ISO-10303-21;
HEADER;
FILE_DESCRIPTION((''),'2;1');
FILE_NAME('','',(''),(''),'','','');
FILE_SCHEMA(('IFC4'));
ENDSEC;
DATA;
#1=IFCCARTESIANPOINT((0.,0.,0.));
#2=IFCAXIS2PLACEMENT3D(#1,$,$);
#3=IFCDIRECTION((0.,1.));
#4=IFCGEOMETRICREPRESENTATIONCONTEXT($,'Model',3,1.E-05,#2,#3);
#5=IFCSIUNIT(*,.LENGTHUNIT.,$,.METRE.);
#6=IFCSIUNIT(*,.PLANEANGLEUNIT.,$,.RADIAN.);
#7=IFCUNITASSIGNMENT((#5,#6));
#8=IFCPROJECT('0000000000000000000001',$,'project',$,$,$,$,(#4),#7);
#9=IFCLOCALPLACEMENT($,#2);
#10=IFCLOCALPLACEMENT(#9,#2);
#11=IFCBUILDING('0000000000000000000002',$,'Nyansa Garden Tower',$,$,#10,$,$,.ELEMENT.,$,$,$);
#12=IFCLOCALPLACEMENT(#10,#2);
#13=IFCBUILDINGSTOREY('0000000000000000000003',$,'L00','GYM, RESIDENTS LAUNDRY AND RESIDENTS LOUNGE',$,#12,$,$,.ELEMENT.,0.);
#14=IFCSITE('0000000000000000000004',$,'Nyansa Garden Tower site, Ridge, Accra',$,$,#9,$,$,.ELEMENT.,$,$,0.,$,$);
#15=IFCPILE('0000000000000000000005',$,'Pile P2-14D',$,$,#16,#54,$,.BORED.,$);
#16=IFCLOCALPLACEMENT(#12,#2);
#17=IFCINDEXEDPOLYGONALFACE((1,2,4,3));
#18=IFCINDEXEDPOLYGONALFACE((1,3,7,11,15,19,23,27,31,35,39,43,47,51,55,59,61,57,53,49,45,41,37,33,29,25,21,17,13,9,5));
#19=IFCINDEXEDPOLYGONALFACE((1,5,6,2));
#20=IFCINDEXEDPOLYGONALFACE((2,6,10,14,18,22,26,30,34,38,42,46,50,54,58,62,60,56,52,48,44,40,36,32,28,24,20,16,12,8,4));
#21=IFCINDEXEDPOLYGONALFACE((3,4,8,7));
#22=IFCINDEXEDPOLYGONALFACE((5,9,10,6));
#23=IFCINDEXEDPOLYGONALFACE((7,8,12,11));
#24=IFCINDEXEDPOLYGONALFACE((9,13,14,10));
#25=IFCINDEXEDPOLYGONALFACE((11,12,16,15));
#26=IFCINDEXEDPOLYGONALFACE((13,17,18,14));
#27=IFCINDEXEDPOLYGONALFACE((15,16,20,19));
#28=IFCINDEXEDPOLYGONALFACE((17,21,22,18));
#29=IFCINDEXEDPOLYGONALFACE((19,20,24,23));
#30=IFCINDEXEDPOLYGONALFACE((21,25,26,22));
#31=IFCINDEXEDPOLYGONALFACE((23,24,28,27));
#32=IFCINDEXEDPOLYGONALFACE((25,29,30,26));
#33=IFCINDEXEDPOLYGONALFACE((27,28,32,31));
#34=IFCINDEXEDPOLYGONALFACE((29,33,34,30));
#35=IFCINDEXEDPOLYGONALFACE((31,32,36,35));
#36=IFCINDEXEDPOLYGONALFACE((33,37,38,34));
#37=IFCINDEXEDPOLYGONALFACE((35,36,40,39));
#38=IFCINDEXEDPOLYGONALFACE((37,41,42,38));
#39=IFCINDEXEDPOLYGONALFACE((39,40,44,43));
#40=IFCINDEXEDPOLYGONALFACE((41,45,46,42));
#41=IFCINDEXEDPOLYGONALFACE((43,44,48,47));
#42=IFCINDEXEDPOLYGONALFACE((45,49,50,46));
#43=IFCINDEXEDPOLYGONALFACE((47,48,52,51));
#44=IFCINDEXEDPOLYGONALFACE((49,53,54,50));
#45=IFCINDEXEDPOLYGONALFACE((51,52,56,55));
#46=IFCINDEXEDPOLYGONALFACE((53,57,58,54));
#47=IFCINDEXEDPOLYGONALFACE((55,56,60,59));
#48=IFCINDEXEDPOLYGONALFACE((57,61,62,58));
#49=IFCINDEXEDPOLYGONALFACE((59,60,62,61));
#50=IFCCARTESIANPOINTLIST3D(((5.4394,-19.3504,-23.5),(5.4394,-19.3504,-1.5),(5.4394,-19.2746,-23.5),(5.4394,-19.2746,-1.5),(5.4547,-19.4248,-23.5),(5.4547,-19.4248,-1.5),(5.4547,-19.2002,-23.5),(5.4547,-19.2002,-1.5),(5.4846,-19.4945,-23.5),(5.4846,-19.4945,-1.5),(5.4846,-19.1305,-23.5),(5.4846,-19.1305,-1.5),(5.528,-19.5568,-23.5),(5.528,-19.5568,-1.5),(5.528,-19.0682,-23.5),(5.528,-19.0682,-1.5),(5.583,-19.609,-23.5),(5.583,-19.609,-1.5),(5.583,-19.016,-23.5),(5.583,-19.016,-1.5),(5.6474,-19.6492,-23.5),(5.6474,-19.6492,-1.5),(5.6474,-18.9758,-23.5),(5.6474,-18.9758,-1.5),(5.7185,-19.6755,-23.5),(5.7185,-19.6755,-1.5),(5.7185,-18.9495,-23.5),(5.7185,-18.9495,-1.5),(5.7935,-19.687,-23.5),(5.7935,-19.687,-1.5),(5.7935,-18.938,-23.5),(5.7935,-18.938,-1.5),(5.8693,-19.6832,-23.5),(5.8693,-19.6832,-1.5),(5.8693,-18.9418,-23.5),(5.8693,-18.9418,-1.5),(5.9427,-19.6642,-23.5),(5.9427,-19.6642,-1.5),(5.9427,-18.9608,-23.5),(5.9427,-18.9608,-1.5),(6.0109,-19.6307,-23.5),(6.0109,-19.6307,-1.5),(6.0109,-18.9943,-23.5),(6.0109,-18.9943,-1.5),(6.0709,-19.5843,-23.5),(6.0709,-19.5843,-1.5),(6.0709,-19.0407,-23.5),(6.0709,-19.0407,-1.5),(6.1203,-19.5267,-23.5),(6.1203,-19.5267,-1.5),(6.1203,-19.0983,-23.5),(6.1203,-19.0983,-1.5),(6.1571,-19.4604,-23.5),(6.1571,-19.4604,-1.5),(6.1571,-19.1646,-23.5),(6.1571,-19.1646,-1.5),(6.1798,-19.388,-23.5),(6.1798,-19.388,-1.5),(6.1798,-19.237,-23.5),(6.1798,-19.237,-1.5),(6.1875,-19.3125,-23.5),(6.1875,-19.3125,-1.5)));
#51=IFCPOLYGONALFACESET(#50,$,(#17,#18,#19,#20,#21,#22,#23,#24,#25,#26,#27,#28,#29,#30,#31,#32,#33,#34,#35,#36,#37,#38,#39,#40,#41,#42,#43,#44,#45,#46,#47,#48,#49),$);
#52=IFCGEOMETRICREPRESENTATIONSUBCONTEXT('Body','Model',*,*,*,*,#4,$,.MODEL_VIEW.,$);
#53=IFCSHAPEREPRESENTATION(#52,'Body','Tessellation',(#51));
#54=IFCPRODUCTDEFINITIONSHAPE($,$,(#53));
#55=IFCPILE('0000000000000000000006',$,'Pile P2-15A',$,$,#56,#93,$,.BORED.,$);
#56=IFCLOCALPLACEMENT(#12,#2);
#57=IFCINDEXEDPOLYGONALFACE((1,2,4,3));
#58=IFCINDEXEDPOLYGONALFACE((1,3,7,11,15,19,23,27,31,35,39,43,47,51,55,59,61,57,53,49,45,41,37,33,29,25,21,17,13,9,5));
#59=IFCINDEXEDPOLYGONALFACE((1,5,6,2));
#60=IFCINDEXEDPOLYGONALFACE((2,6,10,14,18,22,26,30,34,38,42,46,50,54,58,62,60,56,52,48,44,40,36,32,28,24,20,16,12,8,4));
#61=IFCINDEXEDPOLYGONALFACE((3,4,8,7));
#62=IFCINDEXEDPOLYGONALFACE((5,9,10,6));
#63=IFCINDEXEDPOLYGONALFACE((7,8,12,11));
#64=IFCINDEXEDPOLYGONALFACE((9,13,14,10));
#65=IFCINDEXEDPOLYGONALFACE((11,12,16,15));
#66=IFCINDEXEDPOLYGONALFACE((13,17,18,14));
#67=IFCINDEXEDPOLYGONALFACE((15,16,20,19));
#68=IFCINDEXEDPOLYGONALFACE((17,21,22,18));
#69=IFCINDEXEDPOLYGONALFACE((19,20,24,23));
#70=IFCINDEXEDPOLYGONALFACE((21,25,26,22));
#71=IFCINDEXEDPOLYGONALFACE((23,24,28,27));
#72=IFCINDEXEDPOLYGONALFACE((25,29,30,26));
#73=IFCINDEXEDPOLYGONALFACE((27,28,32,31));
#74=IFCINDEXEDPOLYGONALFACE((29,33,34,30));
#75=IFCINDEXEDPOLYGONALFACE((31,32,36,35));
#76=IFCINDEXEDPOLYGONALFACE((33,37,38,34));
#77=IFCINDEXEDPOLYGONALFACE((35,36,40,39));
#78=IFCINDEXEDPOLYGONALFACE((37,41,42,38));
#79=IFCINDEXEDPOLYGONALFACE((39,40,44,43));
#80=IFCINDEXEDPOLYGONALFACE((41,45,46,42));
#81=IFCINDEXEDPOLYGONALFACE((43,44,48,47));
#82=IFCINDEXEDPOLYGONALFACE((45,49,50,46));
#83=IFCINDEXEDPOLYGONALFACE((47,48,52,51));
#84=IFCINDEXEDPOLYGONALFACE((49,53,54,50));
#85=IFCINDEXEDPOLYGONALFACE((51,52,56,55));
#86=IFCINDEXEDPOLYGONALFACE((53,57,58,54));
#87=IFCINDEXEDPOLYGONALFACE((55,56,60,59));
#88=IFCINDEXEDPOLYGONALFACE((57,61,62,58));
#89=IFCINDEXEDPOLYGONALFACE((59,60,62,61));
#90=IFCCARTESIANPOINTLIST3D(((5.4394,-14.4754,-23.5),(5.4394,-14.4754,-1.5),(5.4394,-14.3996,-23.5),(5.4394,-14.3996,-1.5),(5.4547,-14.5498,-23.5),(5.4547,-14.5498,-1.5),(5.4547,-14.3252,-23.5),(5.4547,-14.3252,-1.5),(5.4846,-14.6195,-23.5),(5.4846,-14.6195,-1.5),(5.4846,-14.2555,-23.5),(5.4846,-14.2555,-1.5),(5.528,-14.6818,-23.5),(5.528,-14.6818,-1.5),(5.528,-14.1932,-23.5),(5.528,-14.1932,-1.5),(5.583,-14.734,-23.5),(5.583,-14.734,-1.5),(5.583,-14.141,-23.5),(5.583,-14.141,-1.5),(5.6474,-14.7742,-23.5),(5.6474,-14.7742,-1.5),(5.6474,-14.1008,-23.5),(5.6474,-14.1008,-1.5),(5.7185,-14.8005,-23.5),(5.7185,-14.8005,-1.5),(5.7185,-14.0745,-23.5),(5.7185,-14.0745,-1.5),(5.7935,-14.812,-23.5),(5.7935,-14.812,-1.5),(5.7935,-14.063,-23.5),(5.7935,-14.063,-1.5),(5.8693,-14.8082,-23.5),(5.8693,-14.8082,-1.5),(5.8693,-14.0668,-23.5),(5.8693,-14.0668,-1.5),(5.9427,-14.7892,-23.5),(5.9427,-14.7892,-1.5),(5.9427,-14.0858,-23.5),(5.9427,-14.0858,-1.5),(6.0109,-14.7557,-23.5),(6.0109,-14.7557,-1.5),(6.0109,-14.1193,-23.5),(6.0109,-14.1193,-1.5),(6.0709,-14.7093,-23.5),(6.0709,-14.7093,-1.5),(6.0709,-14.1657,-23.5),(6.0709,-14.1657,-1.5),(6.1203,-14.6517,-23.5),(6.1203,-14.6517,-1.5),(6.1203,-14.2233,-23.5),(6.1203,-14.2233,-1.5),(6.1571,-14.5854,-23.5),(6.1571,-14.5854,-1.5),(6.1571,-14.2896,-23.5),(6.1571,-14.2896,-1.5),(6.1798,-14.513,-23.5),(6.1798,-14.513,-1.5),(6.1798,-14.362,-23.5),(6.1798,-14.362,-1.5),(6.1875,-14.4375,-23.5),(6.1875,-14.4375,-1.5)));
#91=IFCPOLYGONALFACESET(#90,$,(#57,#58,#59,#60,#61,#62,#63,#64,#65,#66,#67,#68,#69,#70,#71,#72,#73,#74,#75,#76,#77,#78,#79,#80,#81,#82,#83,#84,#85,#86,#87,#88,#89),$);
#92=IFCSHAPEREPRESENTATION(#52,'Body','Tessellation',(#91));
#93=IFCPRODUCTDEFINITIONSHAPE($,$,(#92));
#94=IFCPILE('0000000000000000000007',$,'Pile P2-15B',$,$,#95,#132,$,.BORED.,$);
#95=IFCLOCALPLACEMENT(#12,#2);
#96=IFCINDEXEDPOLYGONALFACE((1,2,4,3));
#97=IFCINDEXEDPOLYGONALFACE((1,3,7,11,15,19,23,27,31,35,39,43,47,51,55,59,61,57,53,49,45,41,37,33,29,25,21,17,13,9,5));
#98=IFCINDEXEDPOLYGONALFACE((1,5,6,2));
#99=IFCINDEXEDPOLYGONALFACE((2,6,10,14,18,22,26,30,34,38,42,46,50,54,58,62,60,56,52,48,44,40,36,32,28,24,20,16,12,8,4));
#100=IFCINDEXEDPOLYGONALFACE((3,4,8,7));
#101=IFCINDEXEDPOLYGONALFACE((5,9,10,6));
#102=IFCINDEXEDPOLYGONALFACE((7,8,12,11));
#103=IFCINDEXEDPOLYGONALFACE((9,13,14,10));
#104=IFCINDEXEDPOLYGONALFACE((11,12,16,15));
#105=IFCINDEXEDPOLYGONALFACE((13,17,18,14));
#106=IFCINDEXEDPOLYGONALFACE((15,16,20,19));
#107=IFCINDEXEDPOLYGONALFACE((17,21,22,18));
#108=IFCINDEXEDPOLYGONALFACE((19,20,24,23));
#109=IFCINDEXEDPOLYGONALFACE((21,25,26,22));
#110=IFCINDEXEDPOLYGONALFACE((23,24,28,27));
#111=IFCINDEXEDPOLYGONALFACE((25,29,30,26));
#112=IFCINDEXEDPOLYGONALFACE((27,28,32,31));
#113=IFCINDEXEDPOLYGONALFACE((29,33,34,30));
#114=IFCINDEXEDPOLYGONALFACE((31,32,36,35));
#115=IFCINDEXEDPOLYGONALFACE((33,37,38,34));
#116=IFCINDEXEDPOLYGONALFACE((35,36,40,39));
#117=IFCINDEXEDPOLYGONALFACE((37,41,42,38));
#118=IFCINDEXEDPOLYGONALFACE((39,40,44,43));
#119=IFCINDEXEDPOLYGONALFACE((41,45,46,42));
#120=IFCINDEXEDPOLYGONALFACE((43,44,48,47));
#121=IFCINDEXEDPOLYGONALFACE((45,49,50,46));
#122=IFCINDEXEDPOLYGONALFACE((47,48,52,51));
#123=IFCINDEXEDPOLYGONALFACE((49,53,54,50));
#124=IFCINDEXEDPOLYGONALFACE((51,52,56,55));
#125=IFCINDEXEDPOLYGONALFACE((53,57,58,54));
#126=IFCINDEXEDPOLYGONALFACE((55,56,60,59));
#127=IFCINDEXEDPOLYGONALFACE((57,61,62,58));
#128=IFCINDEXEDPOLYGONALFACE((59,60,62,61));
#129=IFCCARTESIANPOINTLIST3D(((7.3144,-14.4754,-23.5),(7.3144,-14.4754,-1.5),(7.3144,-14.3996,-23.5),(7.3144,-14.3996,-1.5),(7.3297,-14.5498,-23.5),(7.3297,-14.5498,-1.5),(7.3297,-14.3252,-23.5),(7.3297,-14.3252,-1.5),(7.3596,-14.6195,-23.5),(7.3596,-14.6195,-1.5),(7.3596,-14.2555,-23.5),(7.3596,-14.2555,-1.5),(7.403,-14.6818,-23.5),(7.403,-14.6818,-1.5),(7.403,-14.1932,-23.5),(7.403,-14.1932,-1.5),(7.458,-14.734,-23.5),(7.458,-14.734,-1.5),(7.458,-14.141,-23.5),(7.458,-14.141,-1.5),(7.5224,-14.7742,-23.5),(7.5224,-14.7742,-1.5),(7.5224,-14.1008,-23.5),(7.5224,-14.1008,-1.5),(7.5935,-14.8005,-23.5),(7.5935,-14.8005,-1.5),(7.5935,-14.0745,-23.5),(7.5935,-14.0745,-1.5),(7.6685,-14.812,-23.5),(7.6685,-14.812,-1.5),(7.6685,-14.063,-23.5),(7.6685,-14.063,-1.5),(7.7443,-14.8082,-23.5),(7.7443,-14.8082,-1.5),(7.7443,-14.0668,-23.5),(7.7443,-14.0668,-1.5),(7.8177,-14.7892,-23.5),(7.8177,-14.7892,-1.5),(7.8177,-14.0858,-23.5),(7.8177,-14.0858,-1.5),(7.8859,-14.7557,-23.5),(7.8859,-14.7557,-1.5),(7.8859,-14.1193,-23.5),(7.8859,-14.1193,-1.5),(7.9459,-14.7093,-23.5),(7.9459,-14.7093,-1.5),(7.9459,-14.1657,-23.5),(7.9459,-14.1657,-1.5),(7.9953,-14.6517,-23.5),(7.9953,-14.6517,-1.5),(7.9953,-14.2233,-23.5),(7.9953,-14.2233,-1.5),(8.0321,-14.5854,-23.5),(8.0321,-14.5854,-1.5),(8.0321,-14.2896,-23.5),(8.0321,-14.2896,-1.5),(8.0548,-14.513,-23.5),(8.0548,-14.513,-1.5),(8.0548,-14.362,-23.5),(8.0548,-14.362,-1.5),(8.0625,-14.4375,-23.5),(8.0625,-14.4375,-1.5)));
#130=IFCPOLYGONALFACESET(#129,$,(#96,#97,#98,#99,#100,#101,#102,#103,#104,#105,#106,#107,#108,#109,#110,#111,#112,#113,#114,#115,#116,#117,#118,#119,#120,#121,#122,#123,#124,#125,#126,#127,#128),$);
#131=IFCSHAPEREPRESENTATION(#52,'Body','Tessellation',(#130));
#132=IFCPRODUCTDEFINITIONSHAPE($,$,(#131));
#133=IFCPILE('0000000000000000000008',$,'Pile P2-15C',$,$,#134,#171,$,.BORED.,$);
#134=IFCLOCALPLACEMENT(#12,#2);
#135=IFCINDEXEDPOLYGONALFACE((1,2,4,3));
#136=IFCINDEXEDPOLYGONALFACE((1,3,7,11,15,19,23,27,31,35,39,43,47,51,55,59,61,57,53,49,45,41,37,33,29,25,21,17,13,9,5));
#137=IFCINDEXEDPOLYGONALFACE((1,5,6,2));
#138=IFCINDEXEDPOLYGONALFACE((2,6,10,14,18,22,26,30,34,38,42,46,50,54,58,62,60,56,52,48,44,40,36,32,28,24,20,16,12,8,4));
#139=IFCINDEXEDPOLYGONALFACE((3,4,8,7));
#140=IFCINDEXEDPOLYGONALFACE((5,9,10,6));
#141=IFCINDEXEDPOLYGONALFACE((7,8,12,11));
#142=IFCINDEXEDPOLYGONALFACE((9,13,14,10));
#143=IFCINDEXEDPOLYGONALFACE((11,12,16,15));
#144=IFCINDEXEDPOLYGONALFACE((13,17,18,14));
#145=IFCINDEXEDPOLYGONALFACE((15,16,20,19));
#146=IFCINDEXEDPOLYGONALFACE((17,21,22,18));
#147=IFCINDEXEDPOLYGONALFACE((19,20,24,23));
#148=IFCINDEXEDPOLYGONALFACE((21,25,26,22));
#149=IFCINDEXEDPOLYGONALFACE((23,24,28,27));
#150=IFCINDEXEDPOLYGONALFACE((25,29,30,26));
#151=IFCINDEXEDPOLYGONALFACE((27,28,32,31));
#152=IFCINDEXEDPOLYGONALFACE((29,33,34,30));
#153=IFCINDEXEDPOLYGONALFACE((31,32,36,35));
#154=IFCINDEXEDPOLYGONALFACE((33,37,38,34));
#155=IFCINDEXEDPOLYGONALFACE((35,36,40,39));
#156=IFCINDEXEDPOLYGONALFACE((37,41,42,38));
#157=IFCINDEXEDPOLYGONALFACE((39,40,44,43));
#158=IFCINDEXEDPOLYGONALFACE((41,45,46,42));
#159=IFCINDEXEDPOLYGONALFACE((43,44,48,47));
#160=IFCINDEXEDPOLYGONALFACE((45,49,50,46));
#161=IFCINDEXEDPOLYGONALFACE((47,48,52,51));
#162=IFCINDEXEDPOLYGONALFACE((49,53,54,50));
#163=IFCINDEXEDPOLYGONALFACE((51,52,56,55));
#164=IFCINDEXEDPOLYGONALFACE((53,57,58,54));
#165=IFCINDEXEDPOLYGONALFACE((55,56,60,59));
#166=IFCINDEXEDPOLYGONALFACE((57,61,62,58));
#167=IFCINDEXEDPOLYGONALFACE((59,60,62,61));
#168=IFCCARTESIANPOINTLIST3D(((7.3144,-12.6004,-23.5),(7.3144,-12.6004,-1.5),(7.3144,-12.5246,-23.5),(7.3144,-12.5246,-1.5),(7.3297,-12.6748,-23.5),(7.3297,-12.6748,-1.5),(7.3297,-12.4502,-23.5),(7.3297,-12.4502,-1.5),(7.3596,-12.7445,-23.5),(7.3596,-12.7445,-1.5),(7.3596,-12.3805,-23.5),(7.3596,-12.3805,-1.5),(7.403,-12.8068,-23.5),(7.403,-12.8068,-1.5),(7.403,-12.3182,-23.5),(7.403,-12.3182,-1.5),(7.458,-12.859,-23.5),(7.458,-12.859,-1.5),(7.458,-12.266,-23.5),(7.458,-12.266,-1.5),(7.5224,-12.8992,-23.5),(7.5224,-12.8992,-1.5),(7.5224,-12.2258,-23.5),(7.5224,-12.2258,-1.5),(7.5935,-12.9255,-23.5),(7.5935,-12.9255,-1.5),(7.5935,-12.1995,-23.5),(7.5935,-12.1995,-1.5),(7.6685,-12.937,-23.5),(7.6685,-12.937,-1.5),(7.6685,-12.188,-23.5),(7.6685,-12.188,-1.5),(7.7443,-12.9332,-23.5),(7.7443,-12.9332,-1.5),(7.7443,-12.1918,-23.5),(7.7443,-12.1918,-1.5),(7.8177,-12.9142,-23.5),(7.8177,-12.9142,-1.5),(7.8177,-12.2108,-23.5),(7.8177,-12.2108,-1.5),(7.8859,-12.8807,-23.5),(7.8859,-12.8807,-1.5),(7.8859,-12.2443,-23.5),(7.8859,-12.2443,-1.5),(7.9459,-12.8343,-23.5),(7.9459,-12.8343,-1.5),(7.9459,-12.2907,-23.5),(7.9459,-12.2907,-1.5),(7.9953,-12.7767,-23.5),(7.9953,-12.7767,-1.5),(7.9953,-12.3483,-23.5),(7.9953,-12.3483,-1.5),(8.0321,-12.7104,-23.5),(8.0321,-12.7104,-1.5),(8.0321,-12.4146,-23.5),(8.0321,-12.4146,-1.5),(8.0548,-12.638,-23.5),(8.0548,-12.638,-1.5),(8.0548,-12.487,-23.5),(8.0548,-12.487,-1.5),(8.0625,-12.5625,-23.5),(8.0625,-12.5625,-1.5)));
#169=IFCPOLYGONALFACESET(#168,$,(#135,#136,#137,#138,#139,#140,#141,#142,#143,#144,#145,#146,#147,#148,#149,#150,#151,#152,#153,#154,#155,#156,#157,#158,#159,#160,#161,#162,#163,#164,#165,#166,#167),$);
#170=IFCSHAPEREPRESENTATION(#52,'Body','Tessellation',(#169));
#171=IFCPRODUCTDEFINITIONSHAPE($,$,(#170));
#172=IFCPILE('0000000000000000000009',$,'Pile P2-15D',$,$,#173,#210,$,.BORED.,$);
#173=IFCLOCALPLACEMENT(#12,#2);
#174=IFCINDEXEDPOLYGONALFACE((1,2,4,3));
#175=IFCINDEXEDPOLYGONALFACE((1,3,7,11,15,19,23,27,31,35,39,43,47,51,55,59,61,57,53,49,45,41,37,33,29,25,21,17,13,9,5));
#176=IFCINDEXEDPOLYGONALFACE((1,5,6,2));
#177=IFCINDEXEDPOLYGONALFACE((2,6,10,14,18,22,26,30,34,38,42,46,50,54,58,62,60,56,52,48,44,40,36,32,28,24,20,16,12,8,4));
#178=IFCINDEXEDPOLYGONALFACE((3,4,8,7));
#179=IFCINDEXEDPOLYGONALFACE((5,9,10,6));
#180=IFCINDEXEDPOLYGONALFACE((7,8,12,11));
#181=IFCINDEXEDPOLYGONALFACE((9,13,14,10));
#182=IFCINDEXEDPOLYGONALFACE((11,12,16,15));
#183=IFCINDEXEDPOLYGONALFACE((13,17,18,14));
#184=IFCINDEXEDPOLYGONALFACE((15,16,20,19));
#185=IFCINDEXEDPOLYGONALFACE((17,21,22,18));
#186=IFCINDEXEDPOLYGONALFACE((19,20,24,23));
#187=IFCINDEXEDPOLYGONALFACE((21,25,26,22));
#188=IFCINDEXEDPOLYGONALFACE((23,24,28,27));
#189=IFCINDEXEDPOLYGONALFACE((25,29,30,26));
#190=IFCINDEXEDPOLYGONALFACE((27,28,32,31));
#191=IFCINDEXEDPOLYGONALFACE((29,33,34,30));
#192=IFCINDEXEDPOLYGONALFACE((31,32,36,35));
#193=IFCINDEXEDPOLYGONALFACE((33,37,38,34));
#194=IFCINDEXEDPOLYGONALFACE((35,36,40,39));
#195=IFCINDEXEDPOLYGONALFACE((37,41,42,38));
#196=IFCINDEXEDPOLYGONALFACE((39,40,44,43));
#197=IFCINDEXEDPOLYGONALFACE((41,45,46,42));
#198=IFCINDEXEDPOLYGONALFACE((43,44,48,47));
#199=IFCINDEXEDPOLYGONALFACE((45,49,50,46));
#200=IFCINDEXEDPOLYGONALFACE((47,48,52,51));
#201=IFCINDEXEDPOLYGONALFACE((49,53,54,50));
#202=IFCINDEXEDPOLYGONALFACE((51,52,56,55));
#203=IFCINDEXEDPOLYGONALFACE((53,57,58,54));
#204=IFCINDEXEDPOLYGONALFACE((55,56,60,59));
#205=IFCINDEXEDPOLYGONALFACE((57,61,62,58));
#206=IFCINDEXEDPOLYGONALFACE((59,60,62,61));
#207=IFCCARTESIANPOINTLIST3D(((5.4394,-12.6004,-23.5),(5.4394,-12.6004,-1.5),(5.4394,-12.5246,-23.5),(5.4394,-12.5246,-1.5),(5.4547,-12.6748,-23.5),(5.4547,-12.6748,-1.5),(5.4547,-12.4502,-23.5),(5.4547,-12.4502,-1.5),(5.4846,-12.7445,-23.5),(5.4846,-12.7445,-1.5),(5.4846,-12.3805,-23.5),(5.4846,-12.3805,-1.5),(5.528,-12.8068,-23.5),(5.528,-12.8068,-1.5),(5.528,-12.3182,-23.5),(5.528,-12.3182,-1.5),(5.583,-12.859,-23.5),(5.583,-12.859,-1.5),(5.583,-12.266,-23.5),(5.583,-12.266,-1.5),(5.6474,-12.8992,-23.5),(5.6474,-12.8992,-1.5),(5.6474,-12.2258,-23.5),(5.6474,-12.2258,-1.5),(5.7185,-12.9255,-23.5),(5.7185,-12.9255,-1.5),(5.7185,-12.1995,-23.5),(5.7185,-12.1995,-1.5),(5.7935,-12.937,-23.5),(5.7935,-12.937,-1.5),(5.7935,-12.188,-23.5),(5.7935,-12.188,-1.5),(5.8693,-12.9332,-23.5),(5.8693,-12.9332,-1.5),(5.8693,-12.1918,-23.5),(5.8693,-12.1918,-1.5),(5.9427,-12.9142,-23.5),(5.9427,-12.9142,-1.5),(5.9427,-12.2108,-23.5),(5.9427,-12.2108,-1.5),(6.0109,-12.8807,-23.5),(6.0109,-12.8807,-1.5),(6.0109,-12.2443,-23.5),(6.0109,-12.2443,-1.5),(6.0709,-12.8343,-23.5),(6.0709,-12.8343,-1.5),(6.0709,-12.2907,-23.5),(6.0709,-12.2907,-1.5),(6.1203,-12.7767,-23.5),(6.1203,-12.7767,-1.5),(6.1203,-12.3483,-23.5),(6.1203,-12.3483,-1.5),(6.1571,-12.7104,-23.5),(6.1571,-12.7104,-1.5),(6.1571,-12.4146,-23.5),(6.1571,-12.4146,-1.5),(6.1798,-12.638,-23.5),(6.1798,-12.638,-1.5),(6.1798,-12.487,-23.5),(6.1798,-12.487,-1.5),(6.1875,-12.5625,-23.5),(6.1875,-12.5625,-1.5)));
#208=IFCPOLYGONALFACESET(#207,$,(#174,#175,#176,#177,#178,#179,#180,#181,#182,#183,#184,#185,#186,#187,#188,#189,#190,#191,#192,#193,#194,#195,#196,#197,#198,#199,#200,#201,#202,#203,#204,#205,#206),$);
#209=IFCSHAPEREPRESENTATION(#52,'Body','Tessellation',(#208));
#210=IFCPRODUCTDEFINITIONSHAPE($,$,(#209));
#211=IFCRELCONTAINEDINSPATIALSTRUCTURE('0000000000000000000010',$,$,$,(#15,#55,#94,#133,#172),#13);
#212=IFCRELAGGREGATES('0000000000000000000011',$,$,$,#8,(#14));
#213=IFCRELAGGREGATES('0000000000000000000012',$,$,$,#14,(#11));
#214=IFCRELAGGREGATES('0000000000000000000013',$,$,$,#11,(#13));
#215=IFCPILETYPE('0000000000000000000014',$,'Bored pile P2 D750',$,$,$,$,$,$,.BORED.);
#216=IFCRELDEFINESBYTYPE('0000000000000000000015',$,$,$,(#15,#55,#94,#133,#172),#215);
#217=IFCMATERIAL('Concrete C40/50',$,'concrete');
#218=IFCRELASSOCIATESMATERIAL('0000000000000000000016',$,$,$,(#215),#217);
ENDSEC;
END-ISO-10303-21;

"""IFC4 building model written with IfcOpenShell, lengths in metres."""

from ifc_helpers import new_model, si_unit, direction, frame, origin, origin_2d, place, context, subcontext, project, spatial, circle, extrude, material, type_object, element, save


model = new_model("IFC4")

# Units and contexts
model_context = context("Model", 3, precision=1e-05, world=origin(), true_north=direction((0.0, 1.0)))
body_context = subcontext(model_context, "Body", "Model", "MODEL_VIEW")
ifc_project = project(units=[si_unit("LENGTHUNIT", "METRE"), si_unit("PLANEANGLEUNIT", "RADIAN")], contexts=[model_context])

# Site, building, storey
site_placement = place(None, origin())
site = spatial("IfcSite", under=ifc_project, at=site_placement, Name="Nyansa Garden Tower site, Ridge, Accra", CompositionType="ELEMENT", RefElevation=0.0)
building_placement = place(site_placement, origin())
building = spatial("IfcBuilding", under=site, at=building_placement, Name="Nyansa Garden Tower", CompositionType="ELEMENT")
storey_placement = place(building_placement, origin())
storey = spatial("IfcBuildingStorey", under=building, at=storey_placement, Name="L00", Description="GYM, RESIDENTS LAUNDRY AND RESIDENTS LOUNGE", CompositionType="ELEMENT", Elevation=0.0)

# Piles
ifc_material_1 = material(Name="Concrete C40/50", Category="concrete")
pile_type = type_object("IfcPileType", Name="Bored pile P2 D750", PredefinedType="BORED", material=ifc_material_1)
for number, where, z_axis, x_axis, name in (
    (1, (5.8125, -19.3125, -1.5), (0.0, 0.0, -1.0), (1.0, 0.0, 0.0), "Pile P2-14D"),
    (2, (5.8125, -14.4375, -1.5), (0.0, 0.0, -1.0), (1.0, 0.0, 0.0), "Pile P2-15A"),
    (3, (7.6875, -14.4375, -1.5), (0.0, 0.0, -1.0), (1.0, 0.0, 0.0), "Pile P2-15B"),
    (4, (7.6875, -12.5625, -1.5), (0.0, 0.0, -1.0), (1.0, 0.0, 0.0), "Pile P2-15C"),
    (5, (5.8125, -12.5625, -1.5), (0.0, 0.0, -1.0), (1.0, 0.0, 0.0), "Pile P2-15D"),
):
    element("IfcPile", number, at=place(storey_placement, frame(where, z_axis=z_axis, x_axis=x_axis)), inside=storey, type_object=pile_type, Name=name, PredefinedType="BORED", context=body_context, shape_type="SweptSolid", body=[
        extrude(circle(Radius=0.375, at=origin_2d()), origin(), (0.0, 0.0, 1.0), 22.0),
    ])

save(model, "model.ifc")
